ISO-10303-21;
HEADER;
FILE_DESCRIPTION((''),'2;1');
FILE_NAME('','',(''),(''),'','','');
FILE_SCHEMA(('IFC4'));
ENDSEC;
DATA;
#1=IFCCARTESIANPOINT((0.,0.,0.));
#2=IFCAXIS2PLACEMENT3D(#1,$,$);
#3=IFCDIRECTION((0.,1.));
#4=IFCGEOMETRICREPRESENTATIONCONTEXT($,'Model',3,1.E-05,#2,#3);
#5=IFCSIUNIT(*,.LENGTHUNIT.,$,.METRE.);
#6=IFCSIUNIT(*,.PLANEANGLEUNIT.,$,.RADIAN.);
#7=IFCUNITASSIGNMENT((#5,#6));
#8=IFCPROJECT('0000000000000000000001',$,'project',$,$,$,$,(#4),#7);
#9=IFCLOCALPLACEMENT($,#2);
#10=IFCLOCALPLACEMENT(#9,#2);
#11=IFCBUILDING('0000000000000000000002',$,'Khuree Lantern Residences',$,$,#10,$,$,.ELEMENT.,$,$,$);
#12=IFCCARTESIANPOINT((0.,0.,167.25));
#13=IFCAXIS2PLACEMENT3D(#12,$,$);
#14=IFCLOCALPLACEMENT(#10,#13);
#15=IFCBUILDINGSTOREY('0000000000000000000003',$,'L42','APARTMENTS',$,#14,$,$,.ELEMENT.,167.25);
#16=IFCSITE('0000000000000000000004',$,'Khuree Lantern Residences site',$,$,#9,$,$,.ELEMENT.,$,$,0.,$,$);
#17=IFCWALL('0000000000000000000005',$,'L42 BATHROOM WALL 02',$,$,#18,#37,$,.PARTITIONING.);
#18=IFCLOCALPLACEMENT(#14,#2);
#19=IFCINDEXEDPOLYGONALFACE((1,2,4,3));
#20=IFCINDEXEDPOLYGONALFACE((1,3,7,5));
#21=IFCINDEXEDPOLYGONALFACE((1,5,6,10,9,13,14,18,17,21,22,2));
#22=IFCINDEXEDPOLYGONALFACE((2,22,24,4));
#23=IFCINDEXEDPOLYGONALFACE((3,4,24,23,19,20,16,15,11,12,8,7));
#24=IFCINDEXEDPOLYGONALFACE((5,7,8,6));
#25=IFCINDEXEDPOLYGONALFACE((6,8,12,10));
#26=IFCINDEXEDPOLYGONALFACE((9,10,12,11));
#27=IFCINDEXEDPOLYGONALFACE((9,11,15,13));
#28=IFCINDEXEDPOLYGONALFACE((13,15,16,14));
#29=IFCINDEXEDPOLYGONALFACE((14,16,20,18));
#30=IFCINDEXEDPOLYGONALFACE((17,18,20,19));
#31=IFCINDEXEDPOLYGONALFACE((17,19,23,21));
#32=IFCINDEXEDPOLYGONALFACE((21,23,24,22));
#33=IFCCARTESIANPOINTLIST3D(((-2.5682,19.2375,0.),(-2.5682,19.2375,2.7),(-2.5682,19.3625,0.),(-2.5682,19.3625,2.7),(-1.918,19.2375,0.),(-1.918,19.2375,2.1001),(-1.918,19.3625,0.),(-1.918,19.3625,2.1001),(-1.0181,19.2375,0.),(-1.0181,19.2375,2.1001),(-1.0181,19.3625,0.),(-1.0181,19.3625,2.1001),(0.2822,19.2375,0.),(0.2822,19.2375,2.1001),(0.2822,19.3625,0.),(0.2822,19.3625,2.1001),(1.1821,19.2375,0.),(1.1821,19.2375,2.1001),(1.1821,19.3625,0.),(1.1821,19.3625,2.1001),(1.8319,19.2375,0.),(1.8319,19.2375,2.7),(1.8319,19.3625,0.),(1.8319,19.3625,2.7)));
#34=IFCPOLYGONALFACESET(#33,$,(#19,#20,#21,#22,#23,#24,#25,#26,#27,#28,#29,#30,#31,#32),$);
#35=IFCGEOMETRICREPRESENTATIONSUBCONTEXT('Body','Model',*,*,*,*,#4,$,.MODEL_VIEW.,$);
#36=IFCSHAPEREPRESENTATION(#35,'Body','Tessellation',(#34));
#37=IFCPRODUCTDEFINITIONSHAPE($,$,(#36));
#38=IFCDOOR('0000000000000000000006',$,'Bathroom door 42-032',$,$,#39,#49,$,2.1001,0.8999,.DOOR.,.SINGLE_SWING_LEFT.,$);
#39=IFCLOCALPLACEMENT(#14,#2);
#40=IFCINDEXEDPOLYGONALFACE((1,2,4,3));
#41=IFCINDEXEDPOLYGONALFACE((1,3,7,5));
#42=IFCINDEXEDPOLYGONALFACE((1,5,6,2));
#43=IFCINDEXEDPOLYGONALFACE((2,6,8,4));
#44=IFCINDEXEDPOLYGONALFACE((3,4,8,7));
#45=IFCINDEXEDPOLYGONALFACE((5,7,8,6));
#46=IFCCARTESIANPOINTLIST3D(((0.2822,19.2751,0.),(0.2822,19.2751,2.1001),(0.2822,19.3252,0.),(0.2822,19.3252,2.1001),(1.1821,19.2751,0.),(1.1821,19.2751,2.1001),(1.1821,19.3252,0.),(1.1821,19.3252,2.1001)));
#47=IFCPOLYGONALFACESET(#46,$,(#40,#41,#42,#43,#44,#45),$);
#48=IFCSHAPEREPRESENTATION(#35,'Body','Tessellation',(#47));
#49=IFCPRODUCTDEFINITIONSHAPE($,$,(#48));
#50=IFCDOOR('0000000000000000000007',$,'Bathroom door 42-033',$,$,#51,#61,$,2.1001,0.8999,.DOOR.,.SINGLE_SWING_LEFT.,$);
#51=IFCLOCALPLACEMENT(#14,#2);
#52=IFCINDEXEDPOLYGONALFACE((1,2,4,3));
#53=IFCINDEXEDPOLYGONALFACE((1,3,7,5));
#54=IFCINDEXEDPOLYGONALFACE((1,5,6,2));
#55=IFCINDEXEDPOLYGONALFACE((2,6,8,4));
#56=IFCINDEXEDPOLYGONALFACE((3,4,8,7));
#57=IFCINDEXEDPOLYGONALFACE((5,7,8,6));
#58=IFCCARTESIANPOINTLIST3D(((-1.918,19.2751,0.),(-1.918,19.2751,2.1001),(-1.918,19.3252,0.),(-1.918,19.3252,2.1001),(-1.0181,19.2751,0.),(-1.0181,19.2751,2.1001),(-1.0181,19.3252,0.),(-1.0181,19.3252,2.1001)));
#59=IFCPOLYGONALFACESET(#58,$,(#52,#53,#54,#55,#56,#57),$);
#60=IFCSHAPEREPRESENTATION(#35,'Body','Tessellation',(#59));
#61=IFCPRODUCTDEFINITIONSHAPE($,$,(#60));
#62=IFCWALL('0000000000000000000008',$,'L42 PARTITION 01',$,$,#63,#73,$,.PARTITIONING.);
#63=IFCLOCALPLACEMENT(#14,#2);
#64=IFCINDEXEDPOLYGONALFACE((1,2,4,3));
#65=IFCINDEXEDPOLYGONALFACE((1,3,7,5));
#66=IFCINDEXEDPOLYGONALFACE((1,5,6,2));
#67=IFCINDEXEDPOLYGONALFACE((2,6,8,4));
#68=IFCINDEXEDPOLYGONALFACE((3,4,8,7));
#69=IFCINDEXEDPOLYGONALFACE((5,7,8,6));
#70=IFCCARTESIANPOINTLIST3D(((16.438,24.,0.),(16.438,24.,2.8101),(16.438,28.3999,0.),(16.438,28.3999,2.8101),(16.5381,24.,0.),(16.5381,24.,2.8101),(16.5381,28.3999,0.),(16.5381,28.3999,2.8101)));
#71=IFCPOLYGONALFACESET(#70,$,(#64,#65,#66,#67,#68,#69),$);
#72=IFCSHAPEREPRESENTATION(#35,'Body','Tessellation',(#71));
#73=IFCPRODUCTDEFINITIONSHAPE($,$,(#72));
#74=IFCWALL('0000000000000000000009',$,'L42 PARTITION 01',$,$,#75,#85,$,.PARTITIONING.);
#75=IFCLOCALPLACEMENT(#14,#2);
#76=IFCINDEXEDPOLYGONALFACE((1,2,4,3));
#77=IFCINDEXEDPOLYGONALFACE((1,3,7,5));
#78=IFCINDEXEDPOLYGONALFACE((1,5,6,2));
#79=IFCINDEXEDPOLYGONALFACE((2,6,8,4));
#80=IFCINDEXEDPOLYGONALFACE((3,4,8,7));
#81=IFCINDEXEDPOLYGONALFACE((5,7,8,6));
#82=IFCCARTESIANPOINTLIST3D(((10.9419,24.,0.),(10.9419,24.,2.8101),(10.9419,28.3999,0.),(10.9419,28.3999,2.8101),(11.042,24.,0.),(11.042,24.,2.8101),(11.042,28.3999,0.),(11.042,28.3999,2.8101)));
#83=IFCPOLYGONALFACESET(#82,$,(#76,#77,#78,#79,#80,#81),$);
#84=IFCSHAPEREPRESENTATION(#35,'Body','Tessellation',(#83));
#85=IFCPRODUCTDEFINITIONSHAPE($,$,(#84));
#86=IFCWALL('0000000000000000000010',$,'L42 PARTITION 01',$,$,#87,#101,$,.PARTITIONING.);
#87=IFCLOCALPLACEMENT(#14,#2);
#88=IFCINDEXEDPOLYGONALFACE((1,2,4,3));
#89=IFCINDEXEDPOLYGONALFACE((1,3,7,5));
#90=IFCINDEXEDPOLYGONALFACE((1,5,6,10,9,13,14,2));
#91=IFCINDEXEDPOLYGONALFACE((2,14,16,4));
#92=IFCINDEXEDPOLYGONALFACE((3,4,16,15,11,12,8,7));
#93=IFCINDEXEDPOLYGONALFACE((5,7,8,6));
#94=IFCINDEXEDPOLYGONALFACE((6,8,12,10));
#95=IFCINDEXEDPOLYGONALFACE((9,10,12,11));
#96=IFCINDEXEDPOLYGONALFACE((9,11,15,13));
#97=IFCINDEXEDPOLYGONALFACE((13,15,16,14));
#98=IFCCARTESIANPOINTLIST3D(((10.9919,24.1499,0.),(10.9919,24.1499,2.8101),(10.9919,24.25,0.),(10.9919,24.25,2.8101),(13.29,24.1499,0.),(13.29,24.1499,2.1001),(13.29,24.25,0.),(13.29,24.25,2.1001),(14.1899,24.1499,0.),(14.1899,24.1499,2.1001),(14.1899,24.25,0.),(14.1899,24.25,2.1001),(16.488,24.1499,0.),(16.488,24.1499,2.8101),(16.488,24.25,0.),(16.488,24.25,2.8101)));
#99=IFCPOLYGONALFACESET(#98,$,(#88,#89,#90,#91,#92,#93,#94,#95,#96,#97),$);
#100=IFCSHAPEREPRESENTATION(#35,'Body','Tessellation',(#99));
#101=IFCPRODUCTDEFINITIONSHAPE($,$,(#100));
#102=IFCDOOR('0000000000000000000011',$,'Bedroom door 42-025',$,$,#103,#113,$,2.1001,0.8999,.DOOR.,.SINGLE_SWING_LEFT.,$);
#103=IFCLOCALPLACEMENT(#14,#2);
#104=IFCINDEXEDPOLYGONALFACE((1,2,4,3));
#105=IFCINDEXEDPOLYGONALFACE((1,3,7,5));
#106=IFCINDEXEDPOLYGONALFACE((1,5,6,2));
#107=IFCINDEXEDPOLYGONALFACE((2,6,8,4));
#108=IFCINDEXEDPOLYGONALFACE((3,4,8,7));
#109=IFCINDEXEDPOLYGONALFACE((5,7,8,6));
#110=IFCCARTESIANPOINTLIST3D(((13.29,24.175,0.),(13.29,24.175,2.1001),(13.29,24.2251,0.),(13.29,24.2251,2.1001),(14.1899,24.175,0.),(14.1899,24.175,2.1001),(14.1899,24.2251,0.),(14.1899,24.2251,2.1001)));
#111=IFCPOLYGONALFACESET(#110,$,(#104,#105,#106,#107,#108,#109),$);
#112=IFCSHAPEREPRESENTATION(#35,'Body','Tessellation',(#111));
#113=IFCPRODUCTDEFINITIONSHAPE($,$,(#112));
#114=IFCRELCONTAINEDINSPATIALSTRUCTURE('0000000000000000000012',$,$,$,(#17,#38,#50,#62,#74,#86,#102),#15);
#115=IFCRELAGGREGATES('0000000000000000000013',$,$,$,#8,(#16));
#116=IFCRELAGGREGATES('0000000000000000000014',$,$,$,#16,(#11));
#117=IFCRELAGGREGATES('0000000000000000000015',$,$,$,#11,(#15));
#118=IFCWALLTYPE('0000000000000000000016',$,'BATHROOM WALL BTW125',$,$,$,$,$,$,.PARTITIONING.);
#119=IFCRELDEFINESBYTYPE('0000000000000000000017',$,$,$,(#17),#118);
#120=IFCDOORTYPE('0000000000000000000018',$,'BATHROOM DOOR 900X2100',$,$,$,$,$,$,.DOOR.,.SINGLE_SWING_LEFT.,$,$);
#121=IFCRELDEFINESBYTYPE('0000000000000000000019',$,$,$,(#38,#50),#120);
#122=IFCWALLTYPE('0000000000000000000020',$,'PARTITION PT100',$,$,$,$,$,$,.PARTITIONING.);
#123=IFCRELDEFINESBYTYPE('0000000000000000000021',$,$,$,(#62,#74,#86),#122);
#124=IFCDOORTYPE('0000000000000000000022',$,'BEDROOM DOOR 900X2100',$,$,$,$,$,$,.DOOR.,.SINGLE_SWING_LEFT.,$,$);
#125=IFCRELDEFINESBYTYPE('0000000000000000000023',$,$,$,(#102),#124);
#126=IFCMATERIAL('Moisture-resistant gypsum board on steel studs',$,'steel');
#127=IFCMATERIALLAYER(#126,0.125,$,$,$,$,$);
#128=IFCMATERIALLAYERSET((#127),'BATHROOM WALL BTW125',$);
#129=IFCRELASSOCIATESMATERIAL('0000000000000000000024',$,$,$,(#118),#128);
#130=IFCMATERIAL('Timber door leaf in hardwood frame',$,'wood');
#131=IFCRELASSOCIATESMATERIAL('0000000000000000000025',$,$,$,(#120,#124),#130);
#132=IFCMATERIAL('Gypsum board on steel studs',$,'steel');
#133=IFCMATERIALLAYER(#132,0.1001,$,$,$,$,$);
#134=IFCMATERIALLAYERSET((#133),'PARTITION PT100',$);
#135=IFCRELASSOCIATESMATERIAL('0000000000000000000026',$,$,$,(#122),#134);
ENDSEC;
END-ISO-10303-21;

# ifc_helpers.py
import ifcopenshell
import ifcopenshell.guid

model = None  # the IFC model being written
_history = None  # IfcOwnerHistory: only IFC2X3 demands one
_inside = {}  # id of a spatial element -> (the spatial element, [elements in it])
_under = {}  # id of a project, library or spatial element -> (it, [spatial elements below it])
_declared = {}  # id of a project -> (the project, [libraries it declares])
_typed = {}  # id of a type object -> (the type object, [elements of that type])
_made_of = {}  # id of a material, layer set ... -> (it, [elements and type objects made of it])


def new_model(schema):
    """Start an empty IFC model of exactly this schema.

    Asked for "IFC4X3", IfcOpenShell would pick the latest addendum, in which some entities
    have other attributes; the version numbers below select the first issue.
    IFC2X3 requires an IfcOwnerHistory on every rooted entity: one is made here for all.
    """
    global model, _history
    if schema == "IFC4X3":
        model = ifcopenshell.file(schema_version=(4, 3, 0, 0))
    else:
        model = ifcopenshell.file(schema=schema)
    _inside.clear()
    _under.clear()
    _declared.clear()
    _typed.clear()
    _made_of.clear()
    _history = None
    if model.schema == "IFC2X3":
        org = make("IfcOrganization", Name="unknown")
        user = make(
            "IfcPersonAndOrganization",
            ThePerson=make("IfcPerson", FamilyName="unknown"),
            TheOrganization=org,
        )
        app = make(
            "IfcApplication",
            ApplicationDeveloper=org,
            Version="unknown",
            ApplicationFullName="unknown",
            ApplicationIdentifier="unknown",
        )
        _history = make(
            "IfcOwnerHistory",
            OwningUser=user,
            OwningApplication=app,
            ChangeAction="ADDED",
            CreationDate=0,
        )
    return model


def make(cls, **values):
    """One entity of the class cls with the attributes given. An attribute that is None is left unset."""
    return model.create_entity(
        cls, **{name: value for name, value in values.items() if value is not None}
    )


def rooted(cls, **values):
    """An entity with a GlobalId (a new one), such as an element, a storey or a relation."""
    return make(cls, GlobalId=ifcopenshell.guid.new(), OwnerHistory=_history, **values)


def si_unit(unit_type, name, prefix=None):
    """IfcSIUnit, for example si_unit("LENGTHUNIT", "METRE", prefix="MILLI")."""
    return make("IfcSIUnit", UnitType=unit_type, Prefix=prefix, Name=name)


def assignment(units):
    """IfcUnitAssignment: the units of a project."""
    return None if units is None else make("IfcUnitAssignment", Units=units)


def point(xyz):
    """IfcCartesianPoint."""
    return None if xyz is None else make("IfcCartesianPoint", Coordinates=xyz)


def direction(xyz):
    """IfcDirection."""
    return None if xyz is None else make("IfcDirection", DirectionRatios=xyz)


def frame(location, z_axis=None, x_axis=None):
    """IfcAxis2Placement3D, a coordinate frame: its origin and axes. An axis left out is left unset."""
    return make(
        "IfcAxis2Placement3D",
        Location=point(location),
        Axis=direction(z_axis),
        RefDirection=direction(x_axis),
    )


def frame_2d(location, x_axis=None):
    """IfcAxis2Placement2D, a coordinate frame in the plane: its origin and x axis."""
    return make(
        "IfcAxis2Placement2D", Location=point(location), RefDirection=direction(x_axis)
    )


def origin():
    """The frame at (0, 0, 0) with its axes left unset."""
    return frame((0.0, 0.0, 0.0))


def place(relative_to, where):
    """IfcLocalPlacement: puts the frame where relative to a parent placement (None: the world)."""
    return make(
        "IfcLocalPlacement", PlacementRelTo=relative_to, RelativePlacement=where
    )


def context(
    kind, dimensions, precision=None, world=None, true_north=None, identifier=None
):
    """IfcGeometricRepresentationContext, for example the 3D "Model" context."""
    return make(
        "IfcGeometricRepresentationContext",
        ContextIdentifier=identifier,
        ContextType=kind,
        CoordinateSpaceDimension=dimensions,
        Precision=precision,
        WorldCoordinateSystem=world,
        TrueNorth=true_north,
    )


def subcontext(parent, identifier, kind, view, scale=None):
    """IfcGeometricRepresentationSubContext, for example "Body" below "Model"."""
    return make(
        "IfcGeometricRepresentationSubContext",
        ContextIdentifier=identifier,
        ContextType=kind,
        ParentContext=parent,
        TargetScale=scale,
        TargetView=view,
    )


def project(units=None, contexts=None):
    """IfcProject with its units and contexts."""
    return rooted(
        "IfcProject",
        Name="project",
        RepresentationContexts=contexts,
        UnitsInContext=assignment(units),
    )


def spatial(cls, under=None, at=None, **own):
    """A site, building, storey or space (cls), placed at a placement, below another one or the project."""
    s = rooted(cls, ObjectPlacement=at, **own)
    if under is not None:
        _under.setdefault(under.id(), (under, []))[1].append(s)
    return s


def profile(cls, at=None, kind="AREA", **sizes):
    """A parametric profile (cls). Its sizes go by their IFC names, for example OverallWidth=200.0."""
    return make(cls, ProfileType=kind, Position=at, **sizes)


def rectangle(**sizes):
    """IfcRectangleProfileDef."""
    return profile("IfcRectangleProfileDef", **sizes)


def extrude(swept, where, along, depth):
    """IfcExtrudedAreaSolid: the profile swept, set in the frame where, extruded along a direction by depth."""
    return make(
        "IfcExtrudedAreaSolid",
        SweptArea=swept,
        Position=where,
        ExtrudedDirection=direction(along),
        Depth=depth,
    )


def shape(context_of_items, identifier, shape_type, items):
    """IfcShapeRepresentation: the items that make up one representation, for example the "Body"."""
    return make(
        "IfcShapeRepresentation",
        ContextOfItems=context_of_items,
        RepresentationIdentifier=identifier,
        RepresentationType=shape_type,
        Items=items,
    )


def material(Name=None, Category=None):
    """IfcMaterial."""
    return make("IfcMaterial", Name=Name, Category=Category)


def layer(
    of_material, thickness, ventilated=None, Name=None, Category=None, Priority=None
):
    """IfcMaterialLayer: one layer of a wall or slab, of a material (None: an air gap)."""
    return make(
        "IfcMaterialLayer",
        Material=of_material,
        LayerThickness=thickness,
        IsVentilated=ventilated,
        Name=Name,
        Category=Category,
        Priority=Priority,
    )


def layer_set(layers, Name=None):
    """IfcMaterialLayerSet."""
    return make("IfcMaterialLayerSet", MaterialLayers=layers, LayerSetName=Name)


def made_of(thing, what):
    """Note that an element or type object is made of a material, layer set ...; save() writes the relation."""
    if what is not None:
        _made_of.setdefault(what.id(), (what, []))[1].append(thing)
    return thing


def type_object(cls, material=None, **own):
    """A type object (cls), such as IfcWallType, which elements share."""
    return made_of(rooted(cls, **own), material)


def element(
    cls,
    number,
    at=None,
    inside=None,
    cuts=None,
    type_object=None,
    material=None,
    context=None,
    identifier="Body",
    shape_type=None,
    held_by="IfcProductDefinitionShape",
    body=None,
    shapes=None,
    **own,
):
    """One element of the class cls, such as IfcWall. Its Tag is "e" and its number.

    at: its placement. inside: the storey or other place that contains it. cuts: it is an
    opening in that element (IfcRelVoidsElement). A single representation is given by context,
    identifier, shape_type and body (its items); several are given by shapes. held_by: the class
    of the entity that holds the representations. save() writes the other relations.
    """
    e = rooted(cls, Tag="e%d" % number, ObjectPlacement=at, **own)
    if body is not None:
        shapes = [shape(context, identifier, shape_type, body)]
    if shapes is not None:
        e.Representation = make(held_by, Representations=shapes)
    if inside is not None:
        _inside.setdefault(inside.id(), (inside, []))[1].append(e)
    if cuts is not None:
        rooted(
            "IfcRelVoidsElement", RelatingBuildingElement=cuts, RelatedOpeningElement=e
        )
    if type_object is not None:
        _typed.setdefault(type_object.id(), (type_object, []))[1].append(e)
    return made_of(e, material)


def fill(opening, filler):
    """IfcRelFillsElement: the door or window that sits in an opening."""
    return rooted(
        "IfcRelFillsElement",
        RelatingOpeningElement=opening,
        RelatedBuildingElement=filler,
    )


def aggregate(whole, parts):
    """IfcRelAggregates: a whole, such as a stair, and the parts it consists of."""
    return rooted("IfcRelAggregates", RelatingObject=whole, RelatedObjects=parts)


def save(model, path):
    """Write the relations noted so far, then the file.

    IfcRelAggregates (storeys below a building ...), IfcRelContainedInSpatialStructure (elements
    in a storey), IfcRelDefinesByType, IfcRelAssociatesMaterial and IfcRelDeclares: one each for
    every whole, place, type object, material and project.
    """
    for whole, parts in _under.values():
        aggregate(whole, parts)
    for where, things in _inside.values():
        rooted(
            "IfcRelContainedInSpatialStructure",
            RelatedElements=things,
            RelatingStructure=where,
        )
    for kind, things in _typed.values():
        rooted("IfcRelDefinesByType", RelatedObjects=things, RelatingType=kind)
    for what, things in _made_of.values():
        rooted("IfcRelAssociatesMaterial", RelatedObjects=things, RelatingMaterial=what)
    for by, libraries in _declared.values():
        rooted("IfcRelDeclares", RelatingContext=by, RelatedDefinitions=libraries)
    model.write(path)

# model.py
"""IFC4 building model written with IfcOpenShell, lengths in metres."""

from ifc_helpers import new_model, si_unit, direction, frame, frame_2d, origin, place, context, subcontext, project, spatial, rectangle, extrude, material, layer, layer_set, type_object, element, fill, save


model = new_model("IFC4")

# Units and contexts
model_context = context("Model", 3, precision=1e-05, world=origin(), true_north=direction((0.0, 1.0)))
body_context = subcontext(model_context, "Body", "Model", "MODEL_VIEW")
ifc_project = project(units=[si_unit("LENGTHUNIT", "METRE"), si_unit("PLANEANGLEUNIT", "RADIAN")], contexts=[model_context])

# Site, building, storey
site_placement = place(None, origin())
site = spatial("IfcSite", under=ifc_project, at=site_placement, Name="Khuree Lantern Residences site", CompositionType="ELEMENT", RefElevation=0.0)
building_placement = place(site_placement, origin())
building = spatial("IfcBuilding", under=site, at=building_placement, Name="Khuree Lantern Residences", CompositionType="ELEMENT")
storey_placement = place(building_placement, frame((0.0, 0.0, 167.25)))
storey = spatial("IfcBuildingStorey", under=building, at=storey_placement, Name="L42", Description="APARTMENTS", CompositionType="ELEMENT", Elevation=167.25)

# Wall, openings, doors
ifc_material_1 = material(Name="Moisture-resistant gypsum board on steel studs", Category="steel")
ifc_layer_1 = layer(ifc_material_1, 0.125)
ifc_layer_set_1 = layer_set([ifc_layer_1], Name="BATHROOM WALL BTW125")
wall_type_1 = type_object("IfcWallType", Name="BATHROOM WALL BTW125", PredefinedType="PARTITIONING", material=ifc_layer_set_1)
wall_1_placement = place(storey_placement, frame((1.832, 19.3, 0.0), z_axis=(0.0, 0.0, 1.0), x_axis=(-1.0, 0.0, 0.0)))
wall_1 = element("IfcWall", 1, at=wall_1_placement, inside=storey, type_object=wall_type_1, Name="L42 BATHROOM WALL 02", PredefinedType="PARTITIONING", context=body_context, shape_type="SweptSolid", body=[
    extrude(rectangle(XDim=4.4001, YDim=0.125, at=frame_2d((2.2002, 0.0))), origin(), (0.0, 0.0, 1.0), 2.7),
])
opening_1_placement = place(wall_1_placement, frame((0.6499, 0.0, 0.0)))
opening_1 = element("IfcOpeningElement", 2, at=opening_1_placement, cuts=wall_1, PredefinedType="OPENING", context=body_context, shape_type="SweptSolid", body=[
    extrude(rectangle(XDim=0.8999, YDim=2.1001, at=frame_2d((0.45, 1.05))), frame((0.0, 0.0725, 0.0), z_axis=(0.0, -1.0, 0.0), x_axis=(1.0, 0.0, 0.0)), (0.0, 0.0, 1.0), 0.145),
])
opening_2_placement = place(wall_1_placement, frame((2.8501, 0.0, 0.0)))
opening_2 = element("IfcOpeningElement", 3, at=opening_2_placement, cuts=wall_1, PredefinedType="OPENING", context=body_context, shape_type="SweptSolid", body=[
    extrude(rectangle(XDim=0.8999, YDim=2.1001, at=frame_2d((0.45, 1.05))), frame((0.0, 0.0725, 0.0), z_axis=(0.0, -1.0, 0.0), x_axis=(1.0, 0.0, 0.0)), (0.0, 0.0, 1.0), 0.145),
])
ifc_material_2 = material(Name="Timber door leaf in hardwood frame", Category="wood")
door_type_1 = type_object("IfcDoorType", Name="BATHROOM DOOR 900X2100", OperationType="SINGLE_SWING_LEFT", PredefinedType="DOOR", material=ifc_material_2)
door_1_placement = place(opening_1_placement, origin())
door_1 = element("IfcDoor", 4, at=door_1_placement, inside=storey, type_object=door_type_1, Name="Bathroom door 42-032", OperationType="SINGLE_SWING_LEFT", OverallHeight=2.1001, OverallWidth=0.8999, PredefinedType="DOOR", context=body_context, shape_type="SweptSolid", body=[
    extrude(rectangle(XDim=0.8999, YDim=2.1001, at=frame_2d((0.45, 1.05))), frame((0.0, 0.0249, 0.0), z_axis=(0.0, -1.0, 0.0), x_axis=(1.0, 0.0, 0.0)), (0.0, 0.0, 1.0), 0.05),
])
fill(opening_1, door_1)
door_2_placement = place(opening_2_placement, origin())
door_2 = element("IfcDoor", 5, at=door_2_placement, inside=storey, type_object=door_type_1, Name="Bathroom door 42-033", OperationType="SINGLE_SWING_LEFT", OverallHeight=2.1001, OverallWidth=0.8999, PredefinedType="DOOR", context=body_context, shape_type="SweptSolid", body=[
    extrude(rectangle(XDim=0.8999, YDim=2.1001, at=frame_2d((0.45, 1.05))), frame((0.0, 0.0249, 0.0), z_axis=(0.0, -1.0, 0.0), x_axis=(1.0, 0.0, 0.0)), (0.0, 0.0, 1.0), 0.05),
])
fill(opening_2, door_2)

# Walls
ifc_material_3 = material(Name="Gypsum board on steel studs", Category="steel")
ifc_layer_2 = layer(ifc_material_3, 0.1001)
ifc_layer_set_2 = layer_set([ifc_layer_2], Name="PARTITION PT100")
wall_type_2 = type_object("IfcWallType", Name="PARTITION PT100", PredefinedType="PARTITIONING", material=ifc_layer_set_2)
for number, where, z_axis, x_axis, name in (
    (6, (16.488, 24.0, 0.0), (0.0, 0.0, 1.0), (0.0, 1.0, 0.0), "L42 PARTITION 01"),
    (7, (10.9919, 24.0, 0.0), (0.0, 0.0, 1.0), (0.0, 1.0, 0.0), "L42 PARTITION 01"),
):
    element("IfcWall", number, at=place(storey_placement, frame(where, z_axis=z_axis, x_axis=x_axis)), inside=storey, type_object=wall_type_2, Name=name, PredefinedType="PARTITIONING", context=body_context, shape_type="SweptSolid", body=[
        extrude(rectangle(XDim=4.3999, YDim=0.1001, at=frame_2d((2.2, 0.0))), origin(), (0.0, 0.0, 1.0), 2.8101),
    ])

# Wall, opening, door
wall_2_placement = place(storey_placement, frame((16.488, 24.2, 0.0), z_axis=(0.0, 0.0, 1.0), x_axis=(-1.0, 0.0, 0.0)))
wall_2 = element("IfcWall", 8, at=wall_2_placement, inside=storey, type_object=wall_type_2, Name="L42 PARTITION 01", PredefinedType="PARTITIONING", context=body_context, shape_type="SweptSolid", body=[
    extrude(rectangle(XDim=5.4961, YDim=0.1001, at=frame_2d((2.748, 0.0))), origin(), (0.0, 0.0, 1.0), 2.8101),
])
opening_3_placement = place(wall_2_placement, frame((2.2981, 0.0, 0.0)))
opening_3 = element("IfcOpeningElement", 9, at=opening_3_placement, cuts=wall_2, PredefinedType="OPENING", context=body_context, shape_type="SweptSolid", body=[
    extrude(rectangle(XDim=0.8999, YDim=2.1001, at=frame_2d((0.45, 1.05))), frame((0.0, 0.0601, 0.0), z_axis=(0.0, -1.0, 0.0), x_axis=(1.0, 0.0, 0.0)), (0.0, 0.0, 1.0), 0.1201),
])
door_type_2 = type_object("IfcDoorType", Name="BEDROOM DOOR 900X2100", OperationType="SINGLE_SWING_LEFT", PredefinedType="DOOR", material=ifc_material_2)
door_3_placement = place(opening_3_placement, origin())
door_3 = element("IfcDoor", 10, at=door_3_placement, inside=storey, type_object=door_type_2, Name="Bedroom door 42-025", OperationType="SINGLE_SWING_LEFT", OverallHeight=2.1001, OverallWidth=0.8999, PredefinedType="DOOR", context=body_context, shape_type="SweptSolid", body=[
    extrude(rectangle(XDim=0.8999, YDim=2.1001, at=frame_2d((0.45, 1.05))), frame((0.0, 0.0249, 0.0), z_axis=(0.0, -1.0, 0.0), x_axis=(1.0, 0.0, 0.0)), (0.0, 0.0, 1.0), 0.05),
])
fill(opening_3, door_3)

save(model, "model.ifc")
